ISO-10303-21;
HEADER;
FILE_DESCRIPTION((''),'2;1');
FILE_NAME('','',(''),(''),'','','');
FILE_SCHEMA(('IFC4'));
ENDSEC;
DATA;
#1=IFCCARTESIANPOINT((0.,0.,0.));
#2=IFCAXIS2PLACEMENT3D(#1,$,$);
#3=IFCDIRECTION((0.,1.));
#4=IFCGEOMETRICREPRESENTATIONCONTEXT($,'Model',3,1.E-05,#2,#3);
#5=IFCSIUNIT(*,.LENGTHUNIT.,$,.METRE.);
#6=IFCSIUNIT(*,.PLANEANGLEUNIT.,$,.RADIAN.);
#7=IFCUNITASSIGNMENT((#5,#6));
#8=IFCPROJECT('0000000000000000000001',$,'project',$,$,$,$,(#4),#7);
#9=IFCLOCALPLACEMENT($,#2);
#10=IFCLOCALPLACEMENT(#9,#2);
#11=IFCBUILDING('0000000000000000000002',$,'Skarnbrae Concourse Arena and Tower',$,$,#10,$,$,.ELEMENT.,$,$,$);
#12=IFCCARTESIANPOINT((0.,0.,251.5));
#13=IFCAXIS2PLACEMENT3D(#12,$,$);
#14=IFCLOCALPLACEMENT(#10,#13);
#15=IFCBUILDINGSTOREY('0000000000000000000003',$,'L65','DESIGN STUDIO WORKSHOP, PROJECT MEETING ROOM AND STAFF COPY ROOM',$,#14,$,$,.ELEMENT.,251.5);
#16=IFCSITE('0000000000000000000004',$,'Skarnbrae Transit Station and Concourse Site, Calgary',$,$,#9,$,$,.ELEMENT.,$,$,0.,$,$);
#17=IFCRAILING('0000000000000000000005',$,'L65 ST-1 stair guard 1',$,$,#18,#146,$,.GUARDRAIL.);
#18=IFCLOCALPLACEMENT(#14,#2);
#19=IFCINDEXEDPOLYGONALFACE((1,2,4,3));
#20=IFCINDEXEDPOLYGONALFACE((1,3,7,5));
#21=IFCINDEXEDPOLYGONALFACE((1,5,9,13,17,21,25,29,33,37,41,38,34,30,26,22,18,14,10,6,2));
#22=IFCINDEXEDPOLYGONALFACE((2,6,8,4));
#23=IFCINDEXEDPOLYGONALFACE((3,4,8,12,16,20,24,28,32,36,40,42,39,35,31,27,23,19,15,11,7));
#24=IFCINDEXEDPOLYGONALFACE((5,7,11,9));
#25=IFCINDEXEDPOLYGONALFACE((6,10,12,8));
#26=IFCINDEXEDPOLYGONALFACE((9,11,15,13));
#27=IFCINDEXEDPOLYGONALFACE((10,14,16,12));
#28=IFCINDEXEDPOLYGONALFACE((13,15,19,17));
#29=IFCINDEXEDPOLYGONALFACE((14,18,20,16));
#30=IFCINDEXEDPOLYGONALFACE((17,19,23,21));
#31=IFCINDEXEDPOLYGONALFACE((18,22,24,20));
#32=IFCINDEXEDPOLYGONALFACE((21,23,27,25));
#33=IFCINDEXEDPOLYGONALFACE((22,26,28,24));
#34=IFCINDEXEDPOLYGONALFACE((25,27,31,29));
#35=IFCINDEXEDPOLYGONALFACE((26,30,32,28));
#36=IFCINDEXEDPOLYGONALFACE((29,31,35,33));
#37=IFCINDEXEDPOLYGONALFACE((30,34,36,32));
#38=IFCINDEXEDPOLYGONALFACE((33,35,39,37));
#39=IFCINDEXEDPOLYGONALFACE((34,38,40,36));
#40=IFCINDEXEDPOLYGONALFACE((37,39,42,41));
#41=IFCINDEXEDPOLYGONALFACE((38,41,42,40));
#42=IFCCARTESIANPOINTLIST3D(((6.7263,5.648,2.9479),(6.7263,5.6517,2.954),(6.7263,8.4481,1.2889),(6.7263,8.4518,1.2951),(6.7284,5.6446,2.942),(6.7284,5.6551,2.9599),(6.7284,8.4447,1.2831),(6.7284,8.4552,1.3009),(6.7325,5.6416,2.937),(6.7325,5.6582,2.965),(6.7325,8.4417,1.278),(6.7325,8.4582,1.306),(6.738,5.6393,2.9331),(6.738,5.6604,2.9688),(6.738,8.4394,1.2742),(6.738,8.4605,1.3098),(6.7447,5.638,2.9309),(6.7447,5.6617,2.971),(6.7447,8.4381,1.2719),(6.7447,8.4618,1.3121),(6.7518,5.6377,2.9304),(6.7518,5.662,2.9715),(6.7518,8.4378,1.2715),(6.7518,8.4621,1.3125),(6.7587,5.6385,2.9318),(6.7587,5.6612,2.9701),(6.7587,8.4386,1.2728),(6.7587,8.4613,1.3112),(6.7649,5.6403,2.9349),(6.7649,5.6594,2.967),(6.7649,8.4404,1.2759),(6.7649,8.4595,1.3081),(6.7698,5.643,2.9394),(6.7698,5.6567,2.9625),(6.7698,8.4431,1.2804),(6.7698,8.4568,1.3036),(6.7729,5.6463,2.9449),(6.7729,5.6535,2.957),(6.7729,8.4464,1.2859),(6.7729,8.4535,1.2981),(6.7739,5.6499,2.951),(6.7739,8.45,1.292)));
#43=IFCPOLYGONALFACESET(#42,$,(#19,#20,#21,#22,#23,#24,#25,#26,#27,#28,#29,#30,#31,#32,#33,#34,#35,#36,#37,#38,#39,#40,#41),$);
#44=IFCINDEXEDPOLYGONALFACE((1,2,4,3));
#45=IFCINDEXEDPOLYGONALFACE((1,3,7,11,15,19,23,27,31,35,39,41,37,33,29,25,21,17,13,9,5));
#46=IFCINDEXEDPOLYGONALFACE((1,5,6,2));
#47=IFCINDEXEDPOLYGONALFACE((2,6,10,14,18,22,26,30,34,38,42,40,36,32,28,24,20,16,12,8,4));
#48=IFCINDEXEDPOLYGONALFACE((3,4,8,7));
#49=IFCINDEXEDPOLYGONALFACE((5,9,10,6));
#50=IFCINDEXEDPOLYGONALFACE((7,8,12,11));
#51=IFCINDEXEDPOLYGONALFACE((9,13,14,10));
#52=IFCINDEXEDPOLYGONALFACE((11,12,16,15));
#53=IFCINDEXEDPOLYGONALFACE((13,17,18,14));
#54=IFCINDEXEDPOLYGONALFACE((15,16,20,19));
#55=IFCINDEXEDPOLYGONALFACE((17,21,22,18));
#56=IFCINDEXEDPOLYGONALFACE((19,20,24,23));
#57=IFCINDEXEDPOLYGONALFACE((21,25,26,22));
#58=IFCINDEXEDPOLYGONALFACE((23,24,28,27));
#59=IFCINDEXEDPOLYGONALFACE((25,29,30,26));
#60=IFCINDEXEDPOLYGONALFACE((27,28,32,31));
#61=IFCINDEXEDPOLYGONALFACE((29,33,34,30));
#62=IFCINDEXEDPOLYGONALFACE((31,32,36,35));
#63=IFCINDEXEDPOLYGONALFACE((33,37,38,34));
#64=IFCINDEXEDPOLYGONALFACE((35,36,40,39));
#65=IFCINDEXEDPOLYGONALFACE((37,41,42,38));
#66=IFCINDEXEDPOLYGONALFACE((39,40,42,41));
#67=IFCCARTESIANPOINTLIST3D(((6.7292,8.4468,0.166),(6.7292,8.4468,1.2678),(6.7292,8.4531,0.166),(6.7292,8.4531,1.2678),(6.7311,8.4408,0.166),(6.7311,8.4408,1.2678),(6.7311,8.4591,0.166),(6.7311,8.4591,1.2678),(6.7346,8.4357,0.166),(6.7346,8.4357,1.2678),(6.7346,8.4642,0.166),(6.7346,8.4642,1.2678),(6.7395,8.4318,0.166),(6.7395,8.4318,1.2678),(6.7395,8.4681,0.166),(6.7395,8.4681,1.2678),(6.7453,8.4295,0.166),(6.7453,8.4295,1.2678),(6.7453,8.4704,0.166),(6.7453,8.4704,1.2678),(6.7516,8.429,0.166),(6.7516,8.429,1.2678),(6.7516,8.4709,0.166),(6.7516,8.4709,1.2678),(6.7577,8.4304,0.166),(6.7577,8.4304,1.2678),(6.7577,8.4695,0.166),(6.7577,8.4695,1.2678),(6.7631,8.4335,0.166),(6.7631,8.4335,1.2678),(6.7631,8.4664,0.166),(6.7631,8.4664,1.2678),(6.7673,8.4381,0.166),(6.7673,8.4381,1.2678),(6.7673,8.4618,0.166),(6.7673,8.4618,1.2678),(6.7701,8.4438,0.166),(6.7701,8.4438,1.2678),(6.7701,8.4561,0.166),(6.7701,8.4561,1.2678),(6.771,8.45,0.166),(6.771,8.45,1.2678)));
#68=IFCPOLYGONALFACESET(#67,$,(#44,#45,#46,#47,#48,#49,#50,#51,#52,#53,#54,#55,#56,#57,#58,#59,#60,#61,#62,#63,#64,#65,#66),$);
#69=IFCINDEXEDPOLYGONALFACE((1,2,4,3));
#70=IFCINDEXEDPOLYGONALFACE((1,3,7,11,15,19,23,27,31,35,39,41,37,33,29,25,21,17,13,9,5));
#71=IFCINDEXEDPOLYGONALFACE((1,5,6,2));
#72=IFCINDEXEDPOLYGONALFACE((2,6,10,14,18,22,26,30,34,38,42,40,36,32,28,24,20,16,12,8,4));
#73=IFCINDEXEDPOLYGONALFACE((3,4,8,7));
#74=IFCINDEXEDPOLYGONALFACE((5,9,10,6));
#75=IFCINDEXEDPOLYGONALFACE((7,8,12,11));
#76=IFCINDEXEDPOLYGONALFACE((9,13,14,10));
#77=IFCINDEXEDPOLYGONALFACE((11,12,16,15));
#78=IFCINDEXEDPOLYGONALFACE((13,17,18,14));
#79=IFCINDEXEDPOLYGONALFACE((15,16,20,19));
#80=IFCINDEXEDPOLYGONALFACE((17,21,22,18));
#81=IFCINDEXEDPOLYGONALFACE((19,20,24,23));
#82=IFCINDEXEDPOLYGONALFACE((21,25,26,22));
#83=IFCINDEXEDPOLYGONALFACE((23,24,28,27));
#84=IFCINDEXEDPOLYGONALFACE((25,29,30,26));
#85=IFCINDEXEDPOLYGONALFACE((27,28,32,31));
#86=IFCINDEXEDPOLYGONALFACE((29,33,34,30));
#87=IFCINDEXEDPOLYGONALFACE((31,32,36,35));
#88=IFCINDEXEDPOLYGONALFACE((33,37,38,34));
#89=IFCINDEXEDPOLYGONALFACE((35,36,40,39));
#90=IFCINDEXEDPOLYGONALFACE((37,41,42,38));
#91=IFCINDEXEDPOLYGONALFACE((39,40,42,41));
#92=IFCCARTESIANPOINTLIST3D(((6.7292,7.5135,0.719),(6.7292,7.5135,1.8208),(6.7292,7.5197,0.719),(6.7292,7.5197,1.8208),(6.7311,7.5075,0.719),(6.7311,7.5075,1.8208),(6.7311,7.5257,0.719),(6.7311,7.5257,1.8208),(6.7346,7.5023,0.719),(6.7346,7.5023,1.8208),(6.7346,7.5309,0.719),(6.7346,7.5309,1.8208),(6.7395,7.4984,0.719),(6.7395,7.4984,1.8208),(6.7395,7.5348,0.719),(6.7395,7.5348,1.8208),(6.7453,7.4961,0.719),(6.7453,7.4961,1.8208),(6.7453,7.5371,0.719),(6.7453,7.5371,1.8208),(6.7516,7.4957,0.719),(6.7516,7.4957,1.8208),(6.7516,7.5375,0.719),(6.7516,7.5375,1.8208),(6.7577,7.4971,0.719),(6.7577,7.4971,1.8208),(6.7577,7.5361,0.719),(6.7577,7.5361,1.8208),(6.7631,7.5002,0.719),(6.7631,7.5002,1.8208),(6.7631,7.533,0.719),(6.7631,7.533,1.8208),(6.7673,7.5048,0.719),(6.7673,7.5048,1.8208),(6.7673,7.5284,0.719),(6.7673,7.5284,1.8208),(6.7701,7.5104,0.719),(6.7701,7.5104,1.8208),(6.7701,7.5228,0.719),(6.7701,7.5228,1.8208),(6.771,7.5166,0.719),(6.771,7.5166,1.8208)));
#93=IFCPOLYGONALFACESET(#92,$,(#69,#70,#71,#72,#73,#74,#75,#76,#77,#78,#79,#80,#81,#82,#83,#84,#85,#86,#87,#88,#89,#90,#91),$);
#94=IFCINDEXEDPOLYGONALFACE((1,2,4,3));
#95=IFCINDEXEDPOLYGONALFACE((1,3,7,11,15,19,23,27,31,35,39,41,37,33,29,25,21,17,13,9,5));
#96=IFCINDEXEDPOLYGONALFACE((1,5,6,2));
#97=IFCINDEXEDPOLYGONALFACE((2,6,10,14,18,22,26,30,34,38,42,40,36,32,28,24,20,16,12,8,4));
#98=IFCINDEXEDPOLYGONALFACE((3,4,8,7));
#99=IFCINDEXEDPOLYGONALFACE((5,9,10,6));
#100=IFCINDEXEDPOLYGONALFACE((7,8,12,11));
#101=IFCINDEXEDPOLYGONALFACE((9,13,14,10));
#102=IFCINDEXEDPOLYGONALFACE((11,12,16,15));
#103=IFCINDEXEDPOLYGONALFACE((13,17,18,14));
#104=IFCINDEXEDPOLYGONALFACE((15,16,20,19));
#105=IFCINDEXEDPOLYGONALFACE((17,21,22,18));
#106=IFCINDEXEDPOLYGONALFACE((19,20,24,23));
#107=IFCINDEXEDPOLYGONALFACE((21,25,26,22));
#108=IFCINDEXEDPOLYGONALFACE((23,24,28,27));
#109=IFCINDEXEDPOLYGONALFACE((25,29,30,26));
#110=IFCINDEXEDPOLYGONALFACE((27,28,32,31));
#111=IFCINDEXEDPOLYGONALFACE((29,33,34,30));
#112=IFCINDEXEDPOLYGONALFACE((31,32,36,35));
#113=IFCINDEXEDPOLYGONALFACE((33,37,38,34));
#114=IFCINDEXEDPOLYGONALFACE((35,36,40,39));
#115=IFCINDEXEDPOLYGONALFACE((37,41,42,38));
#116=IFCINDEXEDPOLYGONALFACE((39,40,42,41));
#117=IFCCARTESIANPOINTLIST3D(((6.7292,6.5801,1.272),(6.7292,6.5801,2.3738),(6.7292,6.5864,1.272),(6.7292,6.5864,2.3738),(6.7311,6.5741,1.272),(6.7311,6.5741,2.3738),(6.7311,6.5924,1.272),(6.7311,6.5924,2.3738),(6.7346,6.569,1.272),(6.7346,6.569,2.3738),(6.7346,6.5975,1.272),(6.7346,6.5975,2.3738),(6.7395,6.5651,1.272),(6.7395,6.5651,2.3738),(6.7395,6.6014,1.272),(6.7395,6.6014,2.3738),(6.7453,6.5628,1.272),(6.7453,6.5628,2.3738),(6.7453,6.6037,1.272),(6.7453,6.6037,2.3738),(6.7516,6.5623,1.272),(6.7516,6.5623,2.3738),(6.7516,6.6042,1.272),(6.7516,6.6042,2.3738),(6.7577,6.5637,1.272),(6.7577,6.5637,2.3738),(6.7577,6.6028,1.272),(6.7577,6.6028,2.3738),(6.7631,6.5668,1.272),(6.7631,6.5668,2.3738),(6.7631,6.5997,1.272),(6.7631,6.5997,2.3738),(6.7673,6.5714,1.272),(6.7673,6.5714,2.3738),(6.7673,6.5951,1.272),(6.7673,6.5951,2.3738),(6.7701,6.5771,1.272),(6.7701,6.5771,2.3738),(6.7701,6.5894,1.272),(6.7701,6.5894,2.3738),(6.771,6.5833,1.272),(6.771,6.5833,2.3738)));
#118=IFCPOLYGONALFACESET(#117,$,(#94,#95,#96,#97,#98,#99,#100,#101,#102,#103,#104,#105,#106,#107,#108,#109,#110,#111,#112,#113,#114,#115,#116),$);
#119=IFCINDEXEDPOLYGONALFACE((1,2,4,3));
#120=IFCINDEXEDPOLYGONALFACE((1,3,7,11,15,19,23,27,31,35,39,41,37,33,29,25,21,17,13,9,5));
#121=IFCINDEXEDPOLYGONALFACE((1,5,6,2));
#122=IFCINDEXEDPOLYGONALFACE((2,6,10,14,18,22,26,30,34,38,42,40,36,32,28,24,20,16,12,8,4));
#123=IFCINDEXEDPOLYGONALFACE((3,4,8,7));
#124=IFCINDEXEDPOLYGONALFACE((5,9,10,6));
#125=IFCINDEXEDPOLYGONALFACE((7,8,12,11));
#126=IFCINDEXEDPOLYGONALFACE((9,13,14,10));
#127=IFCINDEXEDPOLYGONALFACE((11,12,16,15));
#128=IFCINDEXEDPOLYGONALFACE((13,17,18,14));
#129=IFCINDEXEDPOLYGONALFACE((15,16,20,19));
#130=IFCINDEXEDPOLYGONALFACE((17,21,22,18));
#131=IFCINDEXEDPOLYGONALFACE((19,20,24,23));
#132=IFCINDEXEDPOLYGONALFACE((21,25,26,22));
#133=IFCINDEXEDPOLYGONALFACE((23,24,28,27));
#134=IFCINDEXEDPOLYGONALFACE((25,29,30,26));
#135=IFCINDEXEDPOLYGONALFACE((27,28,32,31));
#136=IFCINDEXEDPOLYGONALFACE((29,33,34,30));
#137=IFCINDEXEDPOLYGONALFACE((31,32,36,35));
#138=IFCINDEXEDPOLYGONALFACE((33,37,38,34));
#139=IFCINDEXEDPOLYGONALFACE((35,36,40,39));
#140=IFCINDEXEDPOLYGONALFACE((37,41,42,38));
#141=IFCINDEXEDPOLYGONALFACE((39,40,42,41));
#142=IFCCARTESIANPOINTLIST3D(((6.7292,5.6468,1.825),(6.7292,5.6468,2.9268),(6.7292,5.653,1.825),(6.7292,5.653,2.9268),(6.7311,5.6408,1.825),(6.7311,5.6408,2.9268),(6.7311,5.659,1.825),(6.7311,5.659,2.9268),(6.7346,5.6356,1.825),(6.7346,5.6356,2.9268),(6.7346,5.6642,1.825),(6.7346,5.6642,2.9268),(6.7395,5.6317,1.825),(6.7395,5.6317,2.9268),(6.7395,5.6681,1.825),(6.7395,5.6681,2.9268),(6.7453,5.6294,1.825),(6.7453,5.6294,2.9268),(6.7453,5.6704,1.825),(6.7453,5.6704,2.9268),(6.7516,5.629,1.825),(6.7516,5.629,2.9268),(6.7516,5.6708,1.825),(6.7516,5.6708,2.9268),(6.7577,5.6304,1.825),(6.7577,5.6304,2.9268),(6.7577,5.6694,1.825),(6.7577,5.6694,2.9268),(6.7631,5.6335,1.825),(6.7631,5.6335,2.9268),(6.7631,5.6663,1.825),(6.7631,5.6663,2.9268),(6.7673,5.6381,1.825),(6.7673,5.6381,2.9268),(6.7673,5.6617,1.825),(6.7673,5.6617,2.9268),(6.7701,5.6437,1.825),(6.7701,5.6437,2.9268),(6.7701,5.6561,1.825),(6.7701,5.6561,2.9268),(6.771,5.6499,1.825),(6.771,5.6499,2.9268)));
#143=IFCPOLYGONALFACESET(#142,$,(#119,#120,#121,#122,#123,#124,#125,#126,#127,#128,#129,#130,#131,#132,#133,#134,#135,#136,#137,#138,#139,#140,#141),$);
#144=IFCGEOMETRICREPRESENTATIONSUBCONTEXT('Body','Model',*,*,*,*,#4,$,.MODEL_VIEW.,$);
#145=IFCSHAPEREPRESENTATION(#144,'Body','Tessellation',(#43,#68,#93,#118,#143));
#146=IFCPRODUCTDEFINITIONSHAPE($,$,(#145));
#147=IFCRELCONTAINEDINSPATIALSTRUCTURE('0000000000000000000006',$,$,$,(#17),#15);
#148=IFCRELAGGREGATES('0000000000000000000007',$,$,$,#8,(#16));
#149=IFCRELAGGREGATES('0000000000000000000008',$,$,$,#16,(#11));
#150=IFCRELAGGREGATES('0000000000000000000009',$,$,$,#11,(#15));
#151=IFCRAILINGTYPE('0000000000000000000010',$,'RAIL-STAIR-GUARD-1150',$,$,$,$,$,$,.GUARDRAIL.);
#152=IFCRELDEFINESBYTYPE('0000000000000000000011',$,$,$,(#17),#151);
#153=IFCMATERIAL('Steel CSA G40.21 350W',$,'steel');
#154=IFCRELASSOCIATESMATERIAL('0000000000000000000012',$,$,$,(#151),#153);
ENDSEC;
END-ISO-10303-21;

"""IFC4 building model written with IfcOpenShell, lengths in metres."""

from ifc_helpers import new_model, si_unit, direction, frame, origin, origin_2d, place, context, subcontext, project, spatial, circle, extrude, material, type_object, element, save


model = new_model("IFC4")

# Units and contexts
model_context = context("Model", 3, precision=1e-05, world=origin(), true_north=direction((0.0, 1.0)))
body_context = subcontext(model_context, "Body", "Model", "MODEL_VIEW")
ifc_project = project(units=[si_unit("LENGTHUNIT", "METRE"), si_unit("PLANEANGLEUNIT", "RADIAN")], contexts=[model_context])

# Site, building, storey
site_placement = place(None, origin())
site = spatial("IfcSite", under=ifc_project, at=site_placement, Name="Skarnbrae Transit Station and Concourse Site, Calgary", CompositionType="ELEMENT", RefElevation=0.0)
building_placement = place(site_placement, origin())
building = spatial("IfcBuilding", under=site, at=building_placement, Name="Skarnbrae Concourse Arena and Tower", CompositionType="ELEMENT")
storey_placement = place(building_placement, frame((0.0, 0.0, 251.5)))
storey = spatial("IfcBuildingStorey", under=building, at=storey_placement, Name="L65", Description="DESIGN STUDIO WORKSHOP, PROJECT MEETING ROOM AND STAFF COPY ROOM", CompositionType="ELEMENT", Elevation=251.5)

# Shared definitions
ifc_material_1 = material(Name="Steel CSA G40.21 350W", Category="steel")

# Railing
railing_type_1 = type_object("IfcRailingType", Name="RAIL-STAIR-GUARD-1150", PredefinedType="GUARDRAIL", material=ifc_material_1)
railing_1_placement = place(storey_placement, frame((6.75, 8.45, 0.166)))
element("IfcRailing", 1, at=railing_1_placement, inside=storey, type_object=railing_type_1, Name="L65 ST-1 stair guard 1", PredefinedType="GUARDRAIL", context=body_context, shape_type="SweptSolid", body=[
    extrude(circle(Radius=0.0239, at=origin_2d()), frame((0.0, 0.0, 1.126), z_axis=(0.0, -0.860339, 0.509722), x_axis=(1.0, 0.0, 0.0)), (0.0, 0.0, 1.0), 3.2546),
    extrude(circle(Radius=0.021, at=origin_2d()), origin(), (0.0, 0.0, 1.0), 1.1018),
    extrude(circle(Radius=0.021, at=origin_2d()), frame((0.0, -0.9333, 0.553)), (0.0, 0.0, 1.0), 1.1018),
    extrude(circle(Radius=0.021, at=origin_2d()), frame((0.0, -1.8667, 1.106)), (0.0, 0.0, 1.0), 1.1018),
    extrude(circle(Radius=0.021, at=origin_2d()), frame((0.0, -2.8, 1.6589)), (0.0, 0.0, 1.0), 1.1018),
])

save(model, "model.ifc")
